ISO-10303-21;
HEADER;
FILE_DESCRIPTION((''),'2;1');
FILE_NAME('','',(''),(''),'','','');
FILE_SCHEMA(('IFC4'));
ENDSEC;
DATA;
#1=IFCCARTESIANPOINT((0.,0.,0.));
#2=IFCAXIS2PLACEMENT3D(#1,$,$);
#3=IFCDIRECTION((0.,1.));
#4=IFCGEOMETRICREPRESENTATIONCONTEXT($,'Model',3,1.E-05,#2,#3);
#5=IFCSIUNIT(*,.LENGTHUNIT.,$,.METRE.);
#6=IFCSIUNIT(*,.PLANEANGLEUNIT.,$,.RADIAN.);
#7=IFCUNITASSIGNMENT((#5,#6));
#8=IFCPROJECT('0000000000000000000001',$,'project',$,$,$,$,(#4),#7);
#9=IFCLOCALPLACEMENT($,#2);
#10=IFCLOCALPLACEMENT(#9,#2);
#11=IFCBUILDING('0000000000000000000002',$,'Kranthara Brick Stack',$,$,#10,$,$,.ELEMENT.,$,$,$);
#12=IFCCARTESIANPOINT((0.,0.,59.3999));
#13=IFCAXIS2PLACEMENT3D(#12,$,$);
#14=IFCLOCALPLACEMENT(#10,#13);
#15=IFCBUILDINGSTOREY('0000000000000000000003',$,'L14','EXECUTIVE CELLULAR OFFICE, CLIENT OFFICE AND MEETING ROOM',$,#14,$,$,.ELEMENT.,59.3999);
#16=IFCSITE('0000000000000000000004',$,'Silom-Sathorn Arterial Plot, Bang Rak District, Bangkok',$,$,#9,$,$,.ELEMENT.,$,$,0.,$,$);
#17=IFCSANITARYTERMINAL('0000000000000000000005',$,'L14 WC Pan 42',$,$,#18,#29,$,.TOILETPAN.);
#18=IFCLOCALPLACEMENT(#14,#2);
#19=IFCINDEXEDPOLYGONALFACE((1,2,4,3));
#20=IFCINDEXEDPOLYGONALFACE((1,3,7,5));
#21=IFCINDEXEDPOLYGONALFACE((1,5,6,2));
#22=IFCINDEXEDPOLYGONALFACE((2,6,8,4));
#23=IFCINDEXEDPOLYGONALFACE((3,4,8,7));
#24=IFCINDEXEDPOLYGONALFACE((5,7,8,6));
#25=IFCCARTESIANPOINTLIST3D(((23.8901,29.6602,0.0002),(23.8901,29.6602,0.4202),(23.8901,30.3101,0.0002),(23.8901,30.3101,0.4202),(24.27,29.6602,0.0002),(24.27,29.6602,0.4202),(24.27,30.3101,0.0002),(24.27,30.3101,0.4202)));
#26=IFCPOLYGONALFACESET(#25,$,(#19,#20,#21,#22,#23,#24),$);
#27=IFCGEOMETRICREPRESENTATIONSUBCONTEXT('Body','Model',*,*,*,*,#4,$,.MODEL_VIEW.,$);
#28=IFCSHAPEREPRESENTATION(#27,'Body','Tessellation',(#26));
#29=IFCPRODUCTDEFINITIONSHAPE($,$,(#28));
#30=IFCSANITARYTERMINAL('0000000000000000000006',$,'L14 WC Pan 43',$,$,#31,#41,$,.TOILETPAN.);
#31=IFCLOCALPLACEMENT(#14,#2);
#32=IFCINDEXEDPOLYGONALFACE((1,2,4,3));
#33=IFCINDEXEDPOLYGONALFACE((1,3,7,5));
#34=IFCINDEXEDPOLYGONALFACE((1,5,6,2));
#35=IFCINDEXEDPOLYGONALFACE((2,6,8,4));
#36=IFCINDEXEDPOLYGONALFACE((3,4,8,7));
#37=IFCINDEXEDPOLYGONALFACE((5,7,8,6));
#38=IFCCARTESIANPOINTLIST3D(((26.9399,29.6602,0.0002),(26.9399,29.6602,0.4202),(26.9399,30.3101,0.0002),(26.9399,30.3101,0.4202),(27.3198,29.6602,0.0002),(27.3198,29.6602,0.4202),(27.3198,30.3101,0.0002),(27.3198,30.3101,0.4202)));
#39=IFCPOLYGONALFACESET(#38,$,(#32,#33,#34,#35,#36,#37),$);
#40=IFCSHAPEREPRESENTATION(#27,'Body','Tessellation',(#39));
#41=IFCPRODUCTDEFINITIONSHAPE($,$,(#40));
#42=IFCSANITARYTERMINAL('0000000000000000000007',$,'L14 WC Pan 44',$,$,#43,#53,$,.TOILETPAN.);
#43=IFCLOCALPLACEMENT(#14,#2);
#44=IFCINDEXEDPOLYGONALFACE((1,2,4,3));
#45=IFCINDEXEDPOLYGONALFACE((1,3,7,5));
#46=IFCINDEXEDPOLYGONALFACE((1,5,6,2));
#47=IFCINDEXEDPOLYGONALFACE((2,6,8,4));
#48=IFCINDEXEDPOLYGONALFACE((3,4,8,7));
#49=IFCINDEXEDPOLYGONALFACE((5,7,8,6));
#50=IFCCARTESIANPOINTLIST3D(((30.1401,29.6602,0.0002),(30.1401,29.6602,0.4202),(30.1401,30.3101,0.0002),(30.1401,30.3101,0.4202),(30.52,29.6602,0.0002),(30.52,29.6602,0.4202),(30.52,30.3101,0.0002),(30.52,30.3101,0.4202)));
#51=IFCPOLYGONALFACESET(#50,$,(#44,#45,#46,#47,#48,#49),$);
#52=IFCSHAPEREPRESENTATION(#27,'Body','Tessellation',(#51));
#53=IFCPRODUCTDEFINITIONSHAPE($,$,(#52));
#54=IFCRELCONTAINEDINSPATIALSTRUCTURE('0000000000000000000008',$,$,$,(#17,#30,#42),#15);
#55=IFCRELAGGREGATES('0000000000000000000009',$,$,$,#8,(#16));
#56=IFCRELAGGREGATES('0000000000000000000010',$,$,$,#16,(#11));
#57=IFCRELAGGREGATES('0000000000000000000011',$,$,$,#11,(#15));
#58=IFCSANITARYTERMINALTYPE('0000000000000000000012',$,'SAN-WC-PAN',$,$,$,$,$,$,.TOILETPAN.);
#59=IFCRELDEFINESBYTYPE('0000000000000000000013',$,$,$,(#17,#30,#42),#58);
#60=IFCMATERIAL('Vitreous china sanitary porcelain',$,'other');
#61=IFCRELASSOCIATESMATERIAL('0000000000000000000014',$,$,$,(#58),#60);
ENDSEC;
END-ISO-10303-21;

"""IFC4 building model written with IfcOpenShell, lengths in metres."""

from ifc_helpers import new_model, si_unit, direction, frame, origin, origin_2d, place, context, subcontext, project, spatial, rectangle, extrude, material, type_object, element, save


model = new_model("IFC4")

# Units and contexts
model_context = context("Model", 3, precision=1e-05, world=origin(), true_north=direction((0.0, 1.0)))
body_context = subcontext(model_context, "Body", "Model", "MODEL_VIEW")
ifc_project = project(units=[si_unit("LENGTHUNIT", "METRE"), si_unit("PLANEANGLEUNIT", "RADIAN")], contexts=[model_context])

# Site, building, storey
site_placement = place(None, origin())
site = spatial("IfcSite", under=ifc_project, at=site_placement, Name="Silom-Sathorn Arterial Plot, Bang Rak District, Bangkok", CompositionType="ELEMENT", RefElevation=0.0)
building_placement = place(site_placement, origin())
building = spatial("IfcBuilding", under=site, at=building_placement, Name="Kranthara Brick Stack", CompositionType="ELEMENT")
storey_placement = place(building_placement, frame((0.0, 0.0, 59.3999)))
storey = spatial("IfcBuildingStorey", under=building, at=storey_placement, Name="L14", Description="EXECUTIVE CELLULAR OFFICE, CLIENT OFFICE AND MEETING ROOM", CompositionType="ELEMENT", Elevation=59.3999)

# Sanitary terminals
ifc_material_1 = material(Name="Vitreous china sanitary porcelain", Category="other")
sanitary_terminal_type_1 = type_object("IfcSanitaryTerminalType", Name="SAN-WC-PAN", PredefinedType="TOILETPAN", material=ifc_material_1)
for number, where, z_axis, x_axis, name in (
    (1, (24.0801, 29.9851, 0.0002), (0.0, 0.0, 1.0), (1.0, 0.0, 0.0), "L14 WC Pan 42"),
    (2, (27.1299, 29.9851, 0.0002), (0.0, 0.0, 1.0), (1.0, 0.0, 0.0), "L14 WC Pan 43"),
    (3, (30.3301, 29.9851, 0.0002), (0.0, 0.0, 1.0), (1.0, 0.0, 0.0), "L14 WC Pan 44"),
):
    element("IfcSanitaryTerminal", number, at=place(storey_placement, frame(where, z_axis=z_axis, x_axis=x_axis)), inside=storey, type_object=sanitary_terminal_type_1, Name=name, PredefinedType="TOILETPAN", context=body_context, shape_type="SweptSolid", body=[
        extrude(rectangle(XDim=0.3799, YDim=0.6499, at=origin_2d()), origin(), (0.0, 0.0, 1.0), 0.4199),
    ])

save(model, "model.ifc")
